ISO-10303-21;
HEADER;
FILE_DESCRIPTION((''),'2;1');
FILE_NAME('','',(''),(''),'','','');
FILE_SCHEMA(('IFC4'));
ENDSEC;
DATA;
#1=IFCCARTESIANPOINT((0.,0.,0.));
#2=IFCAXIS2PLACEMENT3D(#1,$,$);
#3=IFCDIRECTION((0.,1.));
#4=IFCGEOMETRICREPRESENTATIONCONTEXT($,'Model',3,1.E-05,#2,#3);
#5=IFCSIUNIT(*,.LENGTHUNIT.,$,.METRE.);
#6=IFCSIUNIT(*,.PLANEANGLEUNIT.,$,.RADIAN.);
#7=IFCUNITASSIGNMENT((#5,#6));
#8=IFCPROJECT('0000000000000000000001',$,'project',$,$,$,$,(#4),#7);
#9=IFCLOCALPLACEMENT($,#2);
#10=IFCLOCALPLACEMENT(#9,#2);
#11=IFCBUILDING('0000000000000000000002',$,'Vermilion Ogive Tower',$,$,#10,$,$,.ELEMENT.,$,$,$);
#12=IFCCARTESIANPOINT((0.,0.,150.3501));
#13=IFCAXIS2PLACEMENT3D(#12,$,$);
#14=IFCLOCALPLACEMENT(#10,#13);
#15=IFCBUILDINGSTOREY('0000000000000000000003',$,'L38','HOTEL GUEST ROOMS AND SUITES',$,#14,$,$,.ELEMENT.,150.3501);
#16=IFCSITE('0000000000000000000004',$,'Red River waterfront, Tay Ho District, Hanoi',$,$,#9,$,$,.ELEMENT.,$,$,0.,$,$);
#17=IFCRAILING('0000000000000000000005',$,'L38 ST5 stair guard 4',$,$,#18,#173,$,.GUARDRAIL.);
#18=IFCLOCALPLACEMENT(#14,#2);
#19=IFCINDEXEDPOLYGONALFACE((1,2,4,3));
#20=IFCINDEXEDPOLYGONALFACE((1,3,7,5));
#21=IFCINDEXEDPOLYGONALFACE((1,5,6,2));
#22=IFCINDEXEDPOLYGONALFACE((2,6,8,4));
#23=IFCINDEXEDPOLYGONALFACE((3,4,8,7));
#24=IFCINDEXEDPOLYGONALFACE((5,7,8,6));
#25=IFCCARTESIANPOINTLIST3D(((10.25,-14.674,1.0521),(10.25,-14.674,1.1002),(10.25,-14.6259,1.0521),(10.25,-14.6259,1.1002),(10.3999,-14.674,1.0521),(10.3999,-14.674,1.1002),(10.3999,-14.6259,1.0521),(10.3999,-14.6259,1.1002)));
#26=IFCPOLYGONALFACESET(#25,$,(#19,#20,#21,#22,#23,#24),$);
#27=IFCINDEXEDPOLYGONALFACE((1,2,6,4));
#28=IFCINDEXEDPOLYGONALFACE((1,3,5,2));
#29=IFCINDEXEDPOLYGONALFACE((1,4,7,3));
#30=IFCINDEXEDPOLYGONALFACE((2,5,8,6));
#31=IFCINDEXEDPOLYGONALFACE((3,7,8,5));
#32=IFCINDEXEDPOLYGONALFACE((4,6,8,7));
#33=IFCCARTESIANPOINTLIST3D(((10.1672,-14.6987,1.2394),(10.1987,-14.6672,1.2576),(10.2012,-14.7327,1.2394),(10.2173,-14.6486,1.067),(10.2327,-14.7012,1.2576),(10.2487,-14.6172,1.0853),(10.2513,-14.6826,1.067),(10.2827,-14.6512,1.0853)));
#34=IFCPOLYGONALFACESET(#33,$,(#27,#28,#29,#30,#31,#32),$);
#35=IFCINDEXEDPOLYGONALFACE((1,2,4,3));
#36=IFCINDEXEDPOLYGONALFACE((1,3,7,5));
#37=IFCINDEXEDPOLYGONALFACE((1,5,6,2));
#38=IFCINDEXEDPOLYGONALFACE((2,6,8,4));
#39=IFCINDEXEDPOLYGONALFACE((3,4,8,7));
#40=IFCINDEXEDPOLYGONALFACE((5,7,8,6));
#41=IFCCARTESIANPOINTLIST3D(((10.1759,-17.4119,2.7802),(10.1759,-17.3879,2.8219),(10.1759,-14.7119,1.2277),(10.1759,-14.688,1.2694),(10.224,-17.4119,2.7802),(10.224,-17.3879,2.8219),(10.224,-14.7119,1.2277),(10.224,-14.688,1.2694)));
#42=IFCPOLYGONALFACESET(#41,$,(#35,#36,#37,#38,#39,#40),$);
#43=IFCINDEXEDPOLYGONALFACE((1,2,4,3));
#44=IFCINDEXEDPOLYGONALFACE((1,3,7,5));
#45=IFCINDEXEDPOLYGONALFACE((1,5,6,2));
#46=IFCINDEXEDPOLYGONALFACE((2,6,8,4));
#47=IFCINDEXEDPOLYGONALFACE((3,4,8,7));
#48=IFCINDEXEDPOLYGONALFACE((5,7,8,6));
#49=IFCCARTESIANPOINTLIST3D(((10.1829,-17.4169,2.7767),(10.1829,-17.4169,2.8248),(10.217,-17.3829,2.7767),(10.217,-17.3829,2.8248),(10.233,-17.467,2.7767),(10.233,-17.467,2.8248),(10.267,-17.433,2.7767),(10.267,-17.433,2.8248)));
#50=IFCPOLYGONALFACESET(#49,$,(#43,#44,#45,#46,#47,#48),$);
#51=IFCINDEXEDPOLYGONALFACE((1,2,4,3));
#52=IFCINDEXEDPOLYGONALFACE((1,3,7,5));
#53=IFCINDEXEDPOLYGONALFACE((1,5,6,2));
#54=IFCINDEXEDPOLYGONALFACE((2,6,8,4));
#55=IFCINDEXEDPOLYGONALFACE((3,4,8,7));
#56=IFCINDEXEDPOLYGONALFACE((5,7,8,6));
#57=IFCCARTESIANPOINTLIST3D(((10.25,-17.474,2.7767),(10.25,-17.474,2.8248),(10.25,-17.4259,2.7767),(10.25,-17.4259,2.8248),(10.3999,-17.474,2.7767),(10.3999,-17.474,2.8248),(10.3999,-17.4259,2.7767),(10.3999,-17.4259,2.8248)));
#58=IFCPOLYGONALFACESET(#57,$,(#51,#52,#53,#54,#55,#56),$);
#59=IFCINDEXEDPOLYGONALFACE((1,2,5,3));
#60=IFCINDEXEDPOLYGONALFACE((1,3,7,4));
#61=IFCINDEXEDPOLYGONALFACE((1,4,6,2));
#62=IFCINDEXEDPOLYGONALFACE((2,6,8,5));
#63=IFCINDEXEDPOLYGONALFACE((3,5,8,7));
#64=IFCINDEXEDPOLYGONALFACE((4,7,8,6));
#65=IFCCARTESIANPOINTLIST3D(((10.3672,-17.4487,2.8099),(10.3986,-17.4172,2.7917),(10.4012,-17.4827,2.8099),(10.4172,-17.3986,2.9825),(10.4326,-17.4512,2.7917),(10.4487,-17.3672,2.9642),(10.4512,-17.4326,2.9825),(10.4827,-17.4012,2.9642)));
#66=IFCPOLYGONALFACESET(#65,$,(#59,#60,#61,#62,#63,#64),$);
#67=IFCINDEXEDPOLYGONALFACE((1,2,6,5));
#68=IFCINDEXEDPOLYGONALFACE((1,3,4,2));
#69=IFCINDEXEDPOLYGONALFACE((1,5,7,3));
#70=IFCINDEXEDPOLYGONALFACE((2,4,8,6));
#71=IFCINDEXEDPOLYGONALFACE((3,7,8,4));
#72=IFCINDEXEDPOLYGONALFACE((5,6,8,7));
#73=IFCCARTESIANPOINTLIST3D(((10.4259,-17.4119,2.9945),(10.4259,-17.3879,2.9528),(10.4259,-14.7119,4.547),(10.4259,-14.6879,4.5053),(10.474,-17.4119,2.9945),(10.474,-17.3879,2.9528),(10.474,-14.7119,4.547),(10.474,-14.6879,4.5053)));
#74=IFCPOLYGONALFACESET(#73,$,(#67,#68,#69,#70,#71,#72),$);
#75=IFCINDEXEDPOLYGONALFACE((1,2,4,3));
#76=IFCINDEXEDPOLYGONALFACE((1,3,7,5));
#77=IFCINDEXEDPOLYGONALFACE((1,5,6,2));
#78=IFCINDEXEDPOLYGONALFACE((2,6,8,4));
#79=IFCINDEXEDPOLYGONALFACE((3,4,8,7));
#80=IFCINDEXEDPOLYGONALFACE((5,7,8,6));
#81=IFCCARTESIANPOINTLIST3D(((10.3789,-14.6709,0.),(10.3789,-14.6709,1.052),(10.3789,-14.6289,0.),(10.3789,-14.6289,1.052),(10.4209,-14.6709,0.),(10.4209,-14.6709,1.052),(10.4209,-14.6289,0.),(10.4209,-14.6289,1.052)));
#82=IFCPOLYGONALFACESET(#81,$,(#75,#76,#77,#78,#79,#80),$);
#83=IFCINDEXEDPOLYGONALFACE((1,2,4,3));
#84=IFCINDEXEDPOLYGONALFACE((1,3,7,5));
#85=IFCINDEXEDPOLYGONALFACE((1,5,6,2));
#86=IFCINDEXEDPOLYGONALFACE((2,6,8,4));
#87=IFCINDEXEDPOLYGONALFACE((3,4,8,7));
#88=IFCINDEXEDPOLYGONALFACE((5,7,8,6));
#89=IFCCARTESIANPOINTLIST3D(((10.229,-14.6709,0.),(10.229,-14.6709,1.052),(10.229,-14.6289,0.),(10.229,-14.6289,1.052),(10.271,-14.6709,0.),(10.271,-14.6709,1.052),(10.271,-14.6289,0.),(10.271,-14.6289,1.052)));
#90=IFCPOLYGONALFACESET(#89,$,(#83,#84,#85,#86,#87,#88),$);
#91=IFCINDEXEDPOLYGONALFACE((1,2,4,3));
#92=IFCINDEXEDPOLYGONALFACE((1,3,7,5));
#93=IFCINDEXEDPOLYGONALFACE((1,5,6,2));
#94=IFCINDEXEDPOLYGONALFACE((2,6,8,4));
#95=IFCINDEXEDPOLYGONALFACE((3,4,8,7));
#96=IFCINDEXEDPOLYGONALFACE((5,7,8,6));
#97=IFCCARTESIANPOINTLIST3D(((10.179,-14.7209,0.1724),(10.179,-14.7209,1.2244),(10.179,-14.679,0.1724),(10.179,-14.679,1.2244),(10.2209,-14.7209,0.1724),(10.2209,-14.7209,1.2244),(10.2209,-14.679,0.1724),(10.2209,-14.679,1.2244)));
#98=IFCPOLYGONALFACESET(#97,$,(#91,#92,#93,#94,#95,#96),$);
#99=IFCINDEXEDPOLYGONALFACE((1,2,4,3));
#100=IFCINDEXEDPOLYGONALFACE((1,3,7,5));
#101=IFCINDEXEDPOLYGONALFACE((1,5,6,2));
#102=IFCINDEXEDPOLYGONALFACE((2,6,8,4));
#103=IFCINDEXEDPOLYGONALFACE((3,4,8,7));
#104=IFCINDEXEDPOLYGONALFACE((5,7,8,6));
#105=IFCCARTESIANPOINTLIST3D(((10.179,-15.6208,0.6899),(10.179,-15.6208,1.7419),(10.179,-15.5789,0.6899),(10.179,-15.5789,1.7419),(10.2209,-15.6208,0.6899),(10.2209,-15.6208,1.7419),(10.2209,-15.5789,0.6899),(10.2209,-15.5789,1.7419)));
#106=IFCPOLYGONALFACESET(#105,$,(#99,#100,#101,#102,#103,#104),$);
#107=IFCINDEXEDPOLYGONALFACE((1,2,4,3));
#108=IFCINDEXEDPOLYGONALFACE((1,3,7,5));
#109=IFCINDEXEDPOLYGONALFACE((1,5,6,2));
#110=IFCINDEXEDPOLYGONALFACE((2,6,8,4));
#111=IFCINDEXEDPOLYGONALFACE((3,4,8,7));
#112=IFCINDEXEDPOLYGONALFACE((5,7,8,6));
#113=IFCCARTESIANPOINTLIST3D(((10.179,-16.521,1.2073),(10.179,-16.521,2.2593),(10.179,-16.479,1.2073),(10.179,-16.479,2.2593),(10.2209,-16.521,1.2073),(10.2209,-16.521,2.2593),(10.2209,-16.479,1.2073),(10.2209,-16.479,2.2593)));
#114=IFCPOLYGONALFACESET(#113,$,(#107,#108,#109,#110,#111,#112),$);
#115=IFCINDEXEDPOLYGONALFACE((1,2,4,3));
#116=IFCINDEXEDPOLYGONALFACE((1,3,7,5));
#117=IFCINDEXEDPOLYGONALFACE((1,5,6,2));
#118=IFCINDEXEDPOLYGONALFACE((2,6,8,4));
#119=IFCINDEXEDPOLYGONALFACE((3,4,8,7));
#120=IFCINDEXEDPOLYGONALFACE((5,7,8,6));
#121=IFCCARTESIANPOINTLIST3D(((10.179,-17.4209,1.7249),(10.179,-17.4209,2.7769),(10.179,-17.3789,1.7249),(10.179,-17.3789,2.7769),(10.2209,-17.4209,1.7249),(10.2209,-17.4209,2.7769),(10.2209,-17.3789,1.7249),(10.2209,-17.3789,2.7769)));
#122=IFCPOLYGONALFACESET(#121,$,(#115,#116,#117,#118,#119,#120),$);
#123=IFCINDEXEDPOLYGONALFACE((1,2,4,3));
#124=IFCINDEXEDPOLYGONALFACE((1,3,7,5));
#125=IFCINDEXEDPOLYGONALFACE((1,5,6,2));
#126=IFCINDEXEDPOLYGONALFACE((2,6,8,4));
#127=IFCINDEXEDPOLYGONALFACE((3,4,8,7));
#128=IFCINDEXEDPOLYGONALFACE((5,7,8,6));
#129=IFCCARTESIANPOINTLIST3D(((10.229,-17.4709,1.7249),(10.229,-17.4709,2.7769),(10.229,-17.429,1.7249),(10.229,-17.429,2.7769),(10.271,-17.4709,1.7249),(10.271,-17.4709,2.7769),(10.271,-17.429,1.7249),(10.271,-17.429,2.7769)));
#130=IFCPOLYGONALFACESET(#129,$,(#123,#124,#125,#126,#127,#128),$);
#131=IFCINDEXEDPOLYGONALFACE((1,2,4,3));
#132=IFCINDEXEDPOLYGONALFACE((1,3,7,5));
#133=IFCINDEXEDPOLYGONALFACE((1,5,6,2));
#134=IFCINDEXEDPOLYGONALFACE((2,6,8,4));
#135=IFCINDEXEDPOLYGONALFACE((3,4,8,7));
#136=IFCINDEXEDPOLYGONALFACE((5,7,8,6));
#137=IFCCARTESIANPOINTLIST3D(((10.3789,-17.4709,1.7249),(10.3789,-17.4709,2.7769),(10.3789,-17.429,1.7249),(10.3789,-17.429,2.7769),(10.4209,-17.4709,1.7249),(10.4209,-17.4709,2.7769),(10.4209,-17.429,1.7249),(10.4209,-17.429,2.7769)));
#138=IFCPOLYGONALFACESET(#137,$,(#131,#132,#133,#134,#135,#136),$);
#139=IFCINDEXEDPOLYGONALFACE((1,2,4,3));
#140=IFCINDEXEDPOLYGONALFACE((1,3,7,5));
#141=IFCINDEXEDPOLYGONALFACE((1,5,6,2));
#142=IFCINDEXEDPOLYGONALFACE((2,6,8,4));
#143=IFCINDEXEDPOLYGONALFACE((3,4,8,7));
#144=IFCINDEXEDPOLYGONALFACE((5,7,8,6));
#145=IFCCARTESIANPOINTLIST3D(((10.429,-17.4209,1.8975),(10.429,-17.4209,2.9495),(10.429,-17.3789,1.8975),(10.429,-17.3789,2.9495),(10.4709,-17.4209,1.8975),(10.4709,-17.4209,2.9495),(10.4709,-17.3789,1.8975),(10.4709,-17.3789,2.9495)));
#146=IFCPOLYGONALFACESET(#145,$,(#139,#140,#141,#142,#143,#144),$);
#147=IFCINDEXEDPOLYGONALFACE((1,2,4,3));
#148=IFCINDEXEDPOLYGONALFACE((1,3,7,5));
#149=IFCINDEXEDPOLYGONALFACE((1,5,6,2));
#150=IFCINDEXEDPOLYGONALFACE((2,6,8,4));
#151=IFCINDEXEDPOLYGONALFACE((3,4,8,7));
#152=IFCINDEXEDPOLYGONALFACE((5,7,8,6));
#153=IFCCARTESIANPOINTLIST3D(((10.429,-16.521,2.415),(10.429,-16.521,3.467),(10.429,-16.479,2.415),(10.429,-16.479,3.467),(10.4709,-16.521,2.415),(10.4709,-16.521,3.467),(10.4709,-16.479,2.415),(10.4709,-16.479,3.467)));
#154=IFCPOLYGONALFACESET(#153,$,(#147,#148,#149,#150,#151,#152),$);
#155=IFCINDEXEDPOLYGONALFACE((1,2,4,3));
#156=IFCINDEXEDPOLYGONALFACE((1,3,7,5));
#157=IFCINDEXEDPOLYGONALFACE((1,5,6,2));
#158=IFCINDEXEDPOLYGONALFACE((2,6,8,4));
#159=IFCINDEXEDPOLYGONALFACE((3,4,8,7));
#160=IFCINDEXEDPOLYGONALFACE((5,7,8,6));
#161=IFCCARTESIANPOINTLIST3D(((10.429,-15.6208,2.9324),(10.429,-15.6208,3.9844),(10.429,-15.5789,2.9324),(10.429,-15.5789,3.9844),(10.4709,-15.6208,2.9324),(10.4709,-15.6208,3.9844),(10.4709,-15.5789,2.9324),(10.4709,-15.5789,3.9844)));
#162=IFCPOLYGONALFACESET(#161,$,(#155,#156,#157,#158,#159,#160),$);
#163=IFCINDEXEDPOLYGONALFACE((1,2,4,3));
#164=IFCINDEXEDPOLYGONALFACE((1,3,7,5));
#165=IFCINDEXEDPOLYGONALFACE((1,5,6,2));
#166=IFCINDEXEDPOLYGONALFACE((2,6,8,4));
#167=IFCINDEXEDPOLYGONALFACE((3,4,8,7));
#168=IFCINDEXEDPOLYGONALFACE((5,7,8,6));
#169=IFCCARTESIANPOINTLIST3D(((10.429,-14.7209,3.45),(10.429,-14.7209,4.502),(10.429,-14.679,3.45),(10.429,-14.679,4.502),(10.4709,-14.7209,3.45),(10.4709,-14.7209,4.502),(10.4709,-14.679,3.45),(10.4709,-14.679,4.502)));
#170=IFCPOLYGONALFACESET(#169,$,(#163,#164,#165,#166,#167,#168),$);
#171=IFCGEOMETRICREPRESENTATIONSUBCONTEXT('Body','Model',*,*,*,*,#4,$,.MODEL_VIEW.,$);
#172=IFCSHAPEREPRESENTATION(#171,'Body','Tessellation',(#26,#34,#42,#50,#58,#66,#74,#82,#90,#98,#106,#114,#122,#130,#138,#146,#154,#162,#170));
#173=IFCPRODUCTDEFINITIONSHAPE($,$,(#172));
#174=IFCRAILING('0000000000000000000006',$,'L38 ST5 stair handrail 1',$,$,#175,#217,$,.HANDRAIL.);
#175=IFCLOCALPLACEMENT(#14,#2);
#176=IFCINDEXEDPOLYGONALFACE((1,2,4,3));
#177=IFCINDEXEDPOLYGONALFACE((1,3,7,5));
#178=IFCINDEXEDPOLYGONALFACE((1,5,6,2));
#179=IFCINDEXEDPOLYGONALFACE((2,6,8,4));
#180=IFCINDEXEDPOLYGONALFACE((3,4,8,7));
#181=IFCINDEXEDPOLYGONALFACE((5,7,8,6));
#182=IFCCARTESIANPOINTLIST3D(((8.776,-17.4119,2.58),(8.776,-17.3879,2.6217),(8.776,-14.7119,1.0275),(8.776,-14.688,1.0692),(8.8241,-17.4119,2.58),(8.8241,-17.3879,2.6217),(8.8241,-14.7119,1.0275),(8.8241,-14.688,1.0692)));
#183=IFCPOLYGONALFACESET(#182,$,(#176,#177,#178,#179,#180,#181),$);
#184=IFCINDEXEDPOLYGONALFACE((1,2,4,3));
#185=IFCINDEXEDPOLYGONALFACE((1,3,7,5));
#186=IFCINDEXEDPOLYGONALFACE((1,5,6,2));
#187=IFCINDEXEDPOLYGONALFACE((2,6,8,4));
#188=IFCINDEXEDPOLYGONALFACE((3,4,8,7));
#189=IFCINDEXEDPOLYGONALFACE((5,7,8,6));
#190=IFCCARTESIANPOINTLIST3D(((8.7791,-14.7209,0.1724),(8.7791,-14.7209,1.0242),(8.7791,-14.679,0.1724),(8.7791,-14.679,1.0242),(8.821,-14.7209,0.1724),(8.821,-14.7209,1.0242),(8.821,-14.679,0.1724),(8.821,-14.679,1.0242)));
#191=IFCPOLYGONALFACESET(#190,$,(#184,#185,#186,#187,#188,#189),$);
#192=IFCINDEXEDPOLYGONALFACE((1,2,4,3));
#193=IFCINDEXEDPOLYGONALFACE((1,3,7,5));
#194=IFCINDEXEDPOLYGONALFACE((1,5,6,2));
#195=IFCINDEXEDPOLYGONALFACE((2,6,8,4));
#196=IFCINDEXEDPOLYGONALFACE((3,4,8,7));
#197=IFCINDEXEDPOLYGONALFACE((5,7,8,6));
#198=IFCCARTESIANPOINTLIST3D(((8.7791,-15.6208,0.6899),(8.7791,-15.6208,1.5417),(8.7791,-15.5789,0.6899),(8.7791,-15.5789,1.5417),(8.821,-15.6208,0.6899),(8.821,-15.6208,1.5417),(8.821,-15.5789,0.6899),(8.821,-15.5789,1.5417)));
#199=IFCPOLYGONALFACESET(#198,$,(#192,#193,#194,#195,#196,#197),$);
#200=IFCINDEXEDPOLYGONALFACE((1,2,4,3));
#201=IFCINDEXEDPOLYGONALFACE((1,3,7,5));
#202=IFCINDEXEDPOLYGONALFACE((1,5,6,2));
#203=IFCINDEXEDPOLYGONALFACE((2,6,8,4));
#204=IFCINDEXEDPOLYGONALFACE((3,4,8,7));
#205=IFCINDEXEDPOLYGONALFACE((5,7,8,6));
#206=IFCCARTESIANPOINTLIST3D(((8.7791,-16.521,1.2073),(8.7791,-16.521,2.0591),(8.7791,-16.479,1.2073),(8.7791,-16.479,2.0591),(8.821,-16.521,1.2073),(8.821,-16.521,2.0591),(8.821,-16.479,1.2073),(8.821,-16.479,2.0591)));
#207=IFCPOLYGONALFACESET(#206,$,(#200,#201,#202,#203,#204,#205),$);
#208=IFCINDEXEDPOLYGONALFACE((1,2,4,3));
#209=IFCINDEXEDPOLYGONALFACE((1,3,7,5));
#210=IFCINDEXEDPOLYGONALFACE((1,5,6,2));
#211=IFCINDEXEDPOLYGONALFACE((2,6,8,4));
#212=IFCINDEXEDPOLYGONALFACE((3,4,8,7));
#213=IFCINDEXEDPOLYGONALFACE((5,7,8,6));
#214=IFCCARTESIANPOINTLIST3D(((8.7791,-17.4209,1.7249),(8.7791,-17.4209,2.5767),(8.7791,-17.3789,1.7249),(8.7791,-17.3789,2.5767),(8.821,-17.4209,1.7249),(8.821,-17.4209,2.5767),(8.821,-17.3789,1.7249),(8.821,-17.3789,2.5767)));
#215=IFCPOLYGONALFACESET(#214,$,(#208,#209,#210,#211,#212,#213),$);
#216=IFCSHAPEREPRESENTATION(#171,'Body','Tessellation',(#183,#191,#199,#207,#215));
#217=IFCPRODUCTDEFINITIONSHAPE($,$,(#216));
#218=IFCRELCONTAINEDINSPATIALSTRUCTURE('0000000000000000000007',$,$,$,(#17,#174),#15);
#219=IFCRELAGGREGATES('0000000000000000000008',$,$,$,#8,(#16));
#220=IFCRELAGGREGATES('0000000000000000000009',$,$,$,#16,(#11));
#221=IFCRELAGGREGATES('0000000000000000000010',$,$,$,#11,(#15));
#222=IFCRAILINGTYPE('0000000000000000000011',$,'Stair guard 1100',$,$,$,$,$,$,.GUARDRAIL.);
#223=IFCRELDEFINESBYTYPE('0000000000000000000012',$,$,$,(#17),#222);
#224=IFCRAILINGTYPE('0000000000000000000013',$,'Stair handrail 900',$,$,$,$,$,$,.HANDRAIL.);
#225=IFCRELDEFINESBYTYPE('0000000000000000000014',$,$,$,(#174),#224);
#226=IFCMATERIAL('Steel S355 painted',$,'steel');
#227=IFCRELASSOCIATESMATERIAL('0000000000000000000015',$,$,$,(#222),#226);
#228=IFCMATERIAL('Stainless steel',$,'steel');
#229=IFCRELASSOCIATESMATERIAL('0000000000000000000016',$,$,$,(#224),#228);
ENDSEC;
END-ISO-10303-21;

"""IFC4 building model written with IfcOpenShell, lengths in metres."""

from ifc_helpers import new_model, si_unit, direction, frame, origin, origin_2d, place, context, subcontext, project, spatial, rectangle, extrude, material, type_object, element, save


model = new_model("IFC4")

# Units and contexts
model_context = context("Model", 3, precision=1e-05, world=origin(), true_north=direction((0.0, 1.0)))
body_context = subcontext(model_context, "Body", "Model", "MODEL_VIEW")
ifc_project = project(units=[si_unit("LENGTHUNIT", "METRE"), si_unit("PLANEANGLEUNIT", "RADIAN")], contexts=[model_context])

# Site, building, storey
site_placement = place(None, origin())
site = spatial("IfcSite", under=ifc_project, at=site_placement, Name="Red River waterfront, Tay Ho District, Hanoi", CompositionType="ELEMENT", RefElevation=0.0)
building_placement = place(site_placement, origin())
building = spatial("IfcBuilding", under=site, at=building_placement, Name="Vermilion Ogive Tower", CompositionType="ELEMENT")
storey_placement = place(building_placement, frame((0.0, 0.0, 150.3501)))
storey = spatial("IfcBuildingStorey", under=building, at=storey_placement, Name="L38", Description="HOTEL GUEST ROOMS AND SUITES", CompositionType="ELEMENT", Elevation=150.3501)

# Railings
ifc_material_1 = material(Name="Steel S355 painted", Category="steel")
railing_type_1 = type_object("IfcRailingType", Name="Stair guard 1100", PredefinedType="GUARDRAIL", material=ifc_material_1)
railing_1_placement = place(storey_placement, frame((10.3999, -14.6499, 0.0)))
element("IfcRailing", 1, at=railing_1_placement, inside=storey, type_object=railing_type_1, Name="L38 ST5 stair guard 4", PredefinedType="GUARDRAIL", context=body_context, shape_type="SweptSolid", body=[
    extrude(rectangle(XDim=0.0481, YDim=0.0481, at=origin_2d()), frame((0.0, 0.0, 1.0762), z_axis=(-1.0, 0.0, 0.0), x_axis=(0.0, -1.0, 0.0)), (0.0, 0.0, 1.0), 0.1499),
    extrude(rectangle(XDim=0.0481, YDim=0.0481, at=origin_2d()), frame((-0.1499, 0.0, 1.0762), z_axis=(-0.268603, -0.268603, 0.925043), x_axis=(0.707107, -0.707107, 0.0)), (0.0, 0.0, 1.0), 0.1863),
    extrude(rectangle(XDim=0.0481, YDim=0.0481, at=origin_2d()), frame((-0.2, -0.05, 1.2485), z_axis=(0.0, -0.866904, 0.498476), x_axis=(1.0, 0.0, 0.0)), (0.0, 0.0, 1.0), 3.1145),
    extrude(rectangle(XDim=0.0481, YDim=0.0481, at=origin_2d()), frame((-0.2, -2.75, 2.8008), z_axis=(0.707107, -0.707107, 0.0), x_axis=(0.707107, 0.707107, 0.0)), (0.0, 0.0, 1.0), 0.0708),
    extrude(rectangle(XDim=0.0481, YDim=0.0481, at=origin_2d()), frame((-0.1499, -2.8, 2.8008), z_axis=(1.0, 0.0, 0.0), x_axis=(0.0, 1.0, 0.0)), (0.0, 0.0, 1.0), 0.1499),
    extrude(rectangle(XDim=0.0481, YDim=0.0481, at=origin_2d()), frame((0.0, -2.8, 2.8008), z_axis=(0.268278, 0.268278, 0.925232), x_axis=(-0.707107, 0.707107, 0.0)), (0.0, 0.0, 1.0), 0.1865),
    extrude(rectangle(XDim=0.0481, YDim=0.0481, at=origin_2d()), frame((0.05, -2.75, 2.9736), z_axis=(0.0, 0.866904, 0.498476), x_axis=(-1.0, 0.0, 0.0)), (0.0, 0.0, 1.0), 3.1145),
    extrude(rectangle(XDim=0.042, YDim=0.042, at=origin_2d()), origin(), (0.0, 0.0, 1.0), 1.052),
    extrude(rectangle(XDim=0.042, YDim=0.042, at=origin_2d()), frame((-0.1499, 0.0, 0.0)), (0.0, 0.0, 1.0), 1.052),
    extrude(rectangle(XDim=0.042, YDim=0.042, at=origin_2d()), frame((-0.2, -0.05, 0.1724)), (0.0, 0.0, 1.0), 1.052),
    extrude(rectangle(XDim=0.042, YDim=0.042, at=origin_2d()), frame((-0.2, -0.95, 0.6899)), (0.0, 0.0, 1.0), 1.052),
    extrude(rectangle(XDim=0.042, YDim=0.042, at=origin_2d()), frame((-0.2, -1.8501, 1.2073)), (0.0, 0.0, 1.0), 1.052),
    extrude(rectangle(XDim=0.042, YDim=0.042, at=origin_2d()), frame((-0.2, -2.75, 1.7249)), (0.0, 0.0, 1.0), 1.052),
    extrude(rectangle(XDim=0.042, YDim=0.042, at=origin_2d()), frame((-0.1499, -2.8, 1.7249)), (0.0, 0.0, 1.0), 1.052),
    extrude(rectangle(XDim=0.042, YDim=0.042, at=origin_2d()), frame((0.0, -2.8, 1.7249)), (0.0, 0.0, 1.0), 1.052),
    extrude(rectangle(XDim=0.042, YDim=0.042, at=origin_2d()), frame((0.05, -2.75, 1.8975)), (0.0, 0.0, 1.0), 1.052),
    extrude(rectangle(XDim=0.042, YDim=0.042, at=origin_2d()), frame((0.05, -1.8501, 2.415)), (0.0, 0.0, 1.0), 1.052),
    extrude(rectangle(XDim=0.042, YDim=0.042, at=origin_2d()), frame((0.05, -0.95, 2.9324)), (0.0, 0.0, 1.0), 1.052),
    extrude(rectangle(XDim=0.042, YDim=0.042, at=origin_2d()), frame((0.05, -0.05, 3.45)), (0.0, 0.0, 1.0), 1.052),
])
ifc_material_2 = material(Name="Stainless steel", Category="steel")
railing_type_2 = type_object("IfcRailingType", Name="Stair handrail 900", PredefinedType="HANDRAIL", material=ifc_material_2)
railing_2_placement = place(storey_placement, frame((8.8, -14.7, 0.1724)))
element("IfcRailing", 2, at=railing_2_placement, inside=storey, type_object=railing_type_2, Name="L38 ST5 stair handrail 1", PredefinedType="HANDRAIL", context=body_context, shape_type="SweptSolid", body=[
    extrude(rectangle(XDim=0.0481, YDim=0.0481, at=origin_2d()), frame((0.0, 0.0, 0.876), z_axis=(0.0, -0.866904, 0.498476), x_axis=(1.0, 0.0, 0.0)), (0.0, 0.0, 1.0), 3.1145),
    extrude(rectangle(XDim=0.042, YDim=0.042, at=origin_2d()), origin(), (0.0, 0.0, 1.0), 0.8518),
    extrude(rectangle(XDim=0.042, YDim=0.042, at=origin_2d()), frame((0.0, -0.8999, 0.5176)), (0.0, 0.0, 1.0), 0.8518),
    extrude(rectangle(XDim=0.042, YDim=0.042, at=origin_2d()), frame((0.0, -1.8, 1.0349)), (0.0, 0.0, 1.0), 0.8518),
    extrude(rectangle(XDim=0.042, YDim=0.042, at=origin_2d()), frame((0.0, -2.7, 1.5525)), (0.0, 0.0, 1.0), 0.8518),
])

save(model, "model.ifc")
